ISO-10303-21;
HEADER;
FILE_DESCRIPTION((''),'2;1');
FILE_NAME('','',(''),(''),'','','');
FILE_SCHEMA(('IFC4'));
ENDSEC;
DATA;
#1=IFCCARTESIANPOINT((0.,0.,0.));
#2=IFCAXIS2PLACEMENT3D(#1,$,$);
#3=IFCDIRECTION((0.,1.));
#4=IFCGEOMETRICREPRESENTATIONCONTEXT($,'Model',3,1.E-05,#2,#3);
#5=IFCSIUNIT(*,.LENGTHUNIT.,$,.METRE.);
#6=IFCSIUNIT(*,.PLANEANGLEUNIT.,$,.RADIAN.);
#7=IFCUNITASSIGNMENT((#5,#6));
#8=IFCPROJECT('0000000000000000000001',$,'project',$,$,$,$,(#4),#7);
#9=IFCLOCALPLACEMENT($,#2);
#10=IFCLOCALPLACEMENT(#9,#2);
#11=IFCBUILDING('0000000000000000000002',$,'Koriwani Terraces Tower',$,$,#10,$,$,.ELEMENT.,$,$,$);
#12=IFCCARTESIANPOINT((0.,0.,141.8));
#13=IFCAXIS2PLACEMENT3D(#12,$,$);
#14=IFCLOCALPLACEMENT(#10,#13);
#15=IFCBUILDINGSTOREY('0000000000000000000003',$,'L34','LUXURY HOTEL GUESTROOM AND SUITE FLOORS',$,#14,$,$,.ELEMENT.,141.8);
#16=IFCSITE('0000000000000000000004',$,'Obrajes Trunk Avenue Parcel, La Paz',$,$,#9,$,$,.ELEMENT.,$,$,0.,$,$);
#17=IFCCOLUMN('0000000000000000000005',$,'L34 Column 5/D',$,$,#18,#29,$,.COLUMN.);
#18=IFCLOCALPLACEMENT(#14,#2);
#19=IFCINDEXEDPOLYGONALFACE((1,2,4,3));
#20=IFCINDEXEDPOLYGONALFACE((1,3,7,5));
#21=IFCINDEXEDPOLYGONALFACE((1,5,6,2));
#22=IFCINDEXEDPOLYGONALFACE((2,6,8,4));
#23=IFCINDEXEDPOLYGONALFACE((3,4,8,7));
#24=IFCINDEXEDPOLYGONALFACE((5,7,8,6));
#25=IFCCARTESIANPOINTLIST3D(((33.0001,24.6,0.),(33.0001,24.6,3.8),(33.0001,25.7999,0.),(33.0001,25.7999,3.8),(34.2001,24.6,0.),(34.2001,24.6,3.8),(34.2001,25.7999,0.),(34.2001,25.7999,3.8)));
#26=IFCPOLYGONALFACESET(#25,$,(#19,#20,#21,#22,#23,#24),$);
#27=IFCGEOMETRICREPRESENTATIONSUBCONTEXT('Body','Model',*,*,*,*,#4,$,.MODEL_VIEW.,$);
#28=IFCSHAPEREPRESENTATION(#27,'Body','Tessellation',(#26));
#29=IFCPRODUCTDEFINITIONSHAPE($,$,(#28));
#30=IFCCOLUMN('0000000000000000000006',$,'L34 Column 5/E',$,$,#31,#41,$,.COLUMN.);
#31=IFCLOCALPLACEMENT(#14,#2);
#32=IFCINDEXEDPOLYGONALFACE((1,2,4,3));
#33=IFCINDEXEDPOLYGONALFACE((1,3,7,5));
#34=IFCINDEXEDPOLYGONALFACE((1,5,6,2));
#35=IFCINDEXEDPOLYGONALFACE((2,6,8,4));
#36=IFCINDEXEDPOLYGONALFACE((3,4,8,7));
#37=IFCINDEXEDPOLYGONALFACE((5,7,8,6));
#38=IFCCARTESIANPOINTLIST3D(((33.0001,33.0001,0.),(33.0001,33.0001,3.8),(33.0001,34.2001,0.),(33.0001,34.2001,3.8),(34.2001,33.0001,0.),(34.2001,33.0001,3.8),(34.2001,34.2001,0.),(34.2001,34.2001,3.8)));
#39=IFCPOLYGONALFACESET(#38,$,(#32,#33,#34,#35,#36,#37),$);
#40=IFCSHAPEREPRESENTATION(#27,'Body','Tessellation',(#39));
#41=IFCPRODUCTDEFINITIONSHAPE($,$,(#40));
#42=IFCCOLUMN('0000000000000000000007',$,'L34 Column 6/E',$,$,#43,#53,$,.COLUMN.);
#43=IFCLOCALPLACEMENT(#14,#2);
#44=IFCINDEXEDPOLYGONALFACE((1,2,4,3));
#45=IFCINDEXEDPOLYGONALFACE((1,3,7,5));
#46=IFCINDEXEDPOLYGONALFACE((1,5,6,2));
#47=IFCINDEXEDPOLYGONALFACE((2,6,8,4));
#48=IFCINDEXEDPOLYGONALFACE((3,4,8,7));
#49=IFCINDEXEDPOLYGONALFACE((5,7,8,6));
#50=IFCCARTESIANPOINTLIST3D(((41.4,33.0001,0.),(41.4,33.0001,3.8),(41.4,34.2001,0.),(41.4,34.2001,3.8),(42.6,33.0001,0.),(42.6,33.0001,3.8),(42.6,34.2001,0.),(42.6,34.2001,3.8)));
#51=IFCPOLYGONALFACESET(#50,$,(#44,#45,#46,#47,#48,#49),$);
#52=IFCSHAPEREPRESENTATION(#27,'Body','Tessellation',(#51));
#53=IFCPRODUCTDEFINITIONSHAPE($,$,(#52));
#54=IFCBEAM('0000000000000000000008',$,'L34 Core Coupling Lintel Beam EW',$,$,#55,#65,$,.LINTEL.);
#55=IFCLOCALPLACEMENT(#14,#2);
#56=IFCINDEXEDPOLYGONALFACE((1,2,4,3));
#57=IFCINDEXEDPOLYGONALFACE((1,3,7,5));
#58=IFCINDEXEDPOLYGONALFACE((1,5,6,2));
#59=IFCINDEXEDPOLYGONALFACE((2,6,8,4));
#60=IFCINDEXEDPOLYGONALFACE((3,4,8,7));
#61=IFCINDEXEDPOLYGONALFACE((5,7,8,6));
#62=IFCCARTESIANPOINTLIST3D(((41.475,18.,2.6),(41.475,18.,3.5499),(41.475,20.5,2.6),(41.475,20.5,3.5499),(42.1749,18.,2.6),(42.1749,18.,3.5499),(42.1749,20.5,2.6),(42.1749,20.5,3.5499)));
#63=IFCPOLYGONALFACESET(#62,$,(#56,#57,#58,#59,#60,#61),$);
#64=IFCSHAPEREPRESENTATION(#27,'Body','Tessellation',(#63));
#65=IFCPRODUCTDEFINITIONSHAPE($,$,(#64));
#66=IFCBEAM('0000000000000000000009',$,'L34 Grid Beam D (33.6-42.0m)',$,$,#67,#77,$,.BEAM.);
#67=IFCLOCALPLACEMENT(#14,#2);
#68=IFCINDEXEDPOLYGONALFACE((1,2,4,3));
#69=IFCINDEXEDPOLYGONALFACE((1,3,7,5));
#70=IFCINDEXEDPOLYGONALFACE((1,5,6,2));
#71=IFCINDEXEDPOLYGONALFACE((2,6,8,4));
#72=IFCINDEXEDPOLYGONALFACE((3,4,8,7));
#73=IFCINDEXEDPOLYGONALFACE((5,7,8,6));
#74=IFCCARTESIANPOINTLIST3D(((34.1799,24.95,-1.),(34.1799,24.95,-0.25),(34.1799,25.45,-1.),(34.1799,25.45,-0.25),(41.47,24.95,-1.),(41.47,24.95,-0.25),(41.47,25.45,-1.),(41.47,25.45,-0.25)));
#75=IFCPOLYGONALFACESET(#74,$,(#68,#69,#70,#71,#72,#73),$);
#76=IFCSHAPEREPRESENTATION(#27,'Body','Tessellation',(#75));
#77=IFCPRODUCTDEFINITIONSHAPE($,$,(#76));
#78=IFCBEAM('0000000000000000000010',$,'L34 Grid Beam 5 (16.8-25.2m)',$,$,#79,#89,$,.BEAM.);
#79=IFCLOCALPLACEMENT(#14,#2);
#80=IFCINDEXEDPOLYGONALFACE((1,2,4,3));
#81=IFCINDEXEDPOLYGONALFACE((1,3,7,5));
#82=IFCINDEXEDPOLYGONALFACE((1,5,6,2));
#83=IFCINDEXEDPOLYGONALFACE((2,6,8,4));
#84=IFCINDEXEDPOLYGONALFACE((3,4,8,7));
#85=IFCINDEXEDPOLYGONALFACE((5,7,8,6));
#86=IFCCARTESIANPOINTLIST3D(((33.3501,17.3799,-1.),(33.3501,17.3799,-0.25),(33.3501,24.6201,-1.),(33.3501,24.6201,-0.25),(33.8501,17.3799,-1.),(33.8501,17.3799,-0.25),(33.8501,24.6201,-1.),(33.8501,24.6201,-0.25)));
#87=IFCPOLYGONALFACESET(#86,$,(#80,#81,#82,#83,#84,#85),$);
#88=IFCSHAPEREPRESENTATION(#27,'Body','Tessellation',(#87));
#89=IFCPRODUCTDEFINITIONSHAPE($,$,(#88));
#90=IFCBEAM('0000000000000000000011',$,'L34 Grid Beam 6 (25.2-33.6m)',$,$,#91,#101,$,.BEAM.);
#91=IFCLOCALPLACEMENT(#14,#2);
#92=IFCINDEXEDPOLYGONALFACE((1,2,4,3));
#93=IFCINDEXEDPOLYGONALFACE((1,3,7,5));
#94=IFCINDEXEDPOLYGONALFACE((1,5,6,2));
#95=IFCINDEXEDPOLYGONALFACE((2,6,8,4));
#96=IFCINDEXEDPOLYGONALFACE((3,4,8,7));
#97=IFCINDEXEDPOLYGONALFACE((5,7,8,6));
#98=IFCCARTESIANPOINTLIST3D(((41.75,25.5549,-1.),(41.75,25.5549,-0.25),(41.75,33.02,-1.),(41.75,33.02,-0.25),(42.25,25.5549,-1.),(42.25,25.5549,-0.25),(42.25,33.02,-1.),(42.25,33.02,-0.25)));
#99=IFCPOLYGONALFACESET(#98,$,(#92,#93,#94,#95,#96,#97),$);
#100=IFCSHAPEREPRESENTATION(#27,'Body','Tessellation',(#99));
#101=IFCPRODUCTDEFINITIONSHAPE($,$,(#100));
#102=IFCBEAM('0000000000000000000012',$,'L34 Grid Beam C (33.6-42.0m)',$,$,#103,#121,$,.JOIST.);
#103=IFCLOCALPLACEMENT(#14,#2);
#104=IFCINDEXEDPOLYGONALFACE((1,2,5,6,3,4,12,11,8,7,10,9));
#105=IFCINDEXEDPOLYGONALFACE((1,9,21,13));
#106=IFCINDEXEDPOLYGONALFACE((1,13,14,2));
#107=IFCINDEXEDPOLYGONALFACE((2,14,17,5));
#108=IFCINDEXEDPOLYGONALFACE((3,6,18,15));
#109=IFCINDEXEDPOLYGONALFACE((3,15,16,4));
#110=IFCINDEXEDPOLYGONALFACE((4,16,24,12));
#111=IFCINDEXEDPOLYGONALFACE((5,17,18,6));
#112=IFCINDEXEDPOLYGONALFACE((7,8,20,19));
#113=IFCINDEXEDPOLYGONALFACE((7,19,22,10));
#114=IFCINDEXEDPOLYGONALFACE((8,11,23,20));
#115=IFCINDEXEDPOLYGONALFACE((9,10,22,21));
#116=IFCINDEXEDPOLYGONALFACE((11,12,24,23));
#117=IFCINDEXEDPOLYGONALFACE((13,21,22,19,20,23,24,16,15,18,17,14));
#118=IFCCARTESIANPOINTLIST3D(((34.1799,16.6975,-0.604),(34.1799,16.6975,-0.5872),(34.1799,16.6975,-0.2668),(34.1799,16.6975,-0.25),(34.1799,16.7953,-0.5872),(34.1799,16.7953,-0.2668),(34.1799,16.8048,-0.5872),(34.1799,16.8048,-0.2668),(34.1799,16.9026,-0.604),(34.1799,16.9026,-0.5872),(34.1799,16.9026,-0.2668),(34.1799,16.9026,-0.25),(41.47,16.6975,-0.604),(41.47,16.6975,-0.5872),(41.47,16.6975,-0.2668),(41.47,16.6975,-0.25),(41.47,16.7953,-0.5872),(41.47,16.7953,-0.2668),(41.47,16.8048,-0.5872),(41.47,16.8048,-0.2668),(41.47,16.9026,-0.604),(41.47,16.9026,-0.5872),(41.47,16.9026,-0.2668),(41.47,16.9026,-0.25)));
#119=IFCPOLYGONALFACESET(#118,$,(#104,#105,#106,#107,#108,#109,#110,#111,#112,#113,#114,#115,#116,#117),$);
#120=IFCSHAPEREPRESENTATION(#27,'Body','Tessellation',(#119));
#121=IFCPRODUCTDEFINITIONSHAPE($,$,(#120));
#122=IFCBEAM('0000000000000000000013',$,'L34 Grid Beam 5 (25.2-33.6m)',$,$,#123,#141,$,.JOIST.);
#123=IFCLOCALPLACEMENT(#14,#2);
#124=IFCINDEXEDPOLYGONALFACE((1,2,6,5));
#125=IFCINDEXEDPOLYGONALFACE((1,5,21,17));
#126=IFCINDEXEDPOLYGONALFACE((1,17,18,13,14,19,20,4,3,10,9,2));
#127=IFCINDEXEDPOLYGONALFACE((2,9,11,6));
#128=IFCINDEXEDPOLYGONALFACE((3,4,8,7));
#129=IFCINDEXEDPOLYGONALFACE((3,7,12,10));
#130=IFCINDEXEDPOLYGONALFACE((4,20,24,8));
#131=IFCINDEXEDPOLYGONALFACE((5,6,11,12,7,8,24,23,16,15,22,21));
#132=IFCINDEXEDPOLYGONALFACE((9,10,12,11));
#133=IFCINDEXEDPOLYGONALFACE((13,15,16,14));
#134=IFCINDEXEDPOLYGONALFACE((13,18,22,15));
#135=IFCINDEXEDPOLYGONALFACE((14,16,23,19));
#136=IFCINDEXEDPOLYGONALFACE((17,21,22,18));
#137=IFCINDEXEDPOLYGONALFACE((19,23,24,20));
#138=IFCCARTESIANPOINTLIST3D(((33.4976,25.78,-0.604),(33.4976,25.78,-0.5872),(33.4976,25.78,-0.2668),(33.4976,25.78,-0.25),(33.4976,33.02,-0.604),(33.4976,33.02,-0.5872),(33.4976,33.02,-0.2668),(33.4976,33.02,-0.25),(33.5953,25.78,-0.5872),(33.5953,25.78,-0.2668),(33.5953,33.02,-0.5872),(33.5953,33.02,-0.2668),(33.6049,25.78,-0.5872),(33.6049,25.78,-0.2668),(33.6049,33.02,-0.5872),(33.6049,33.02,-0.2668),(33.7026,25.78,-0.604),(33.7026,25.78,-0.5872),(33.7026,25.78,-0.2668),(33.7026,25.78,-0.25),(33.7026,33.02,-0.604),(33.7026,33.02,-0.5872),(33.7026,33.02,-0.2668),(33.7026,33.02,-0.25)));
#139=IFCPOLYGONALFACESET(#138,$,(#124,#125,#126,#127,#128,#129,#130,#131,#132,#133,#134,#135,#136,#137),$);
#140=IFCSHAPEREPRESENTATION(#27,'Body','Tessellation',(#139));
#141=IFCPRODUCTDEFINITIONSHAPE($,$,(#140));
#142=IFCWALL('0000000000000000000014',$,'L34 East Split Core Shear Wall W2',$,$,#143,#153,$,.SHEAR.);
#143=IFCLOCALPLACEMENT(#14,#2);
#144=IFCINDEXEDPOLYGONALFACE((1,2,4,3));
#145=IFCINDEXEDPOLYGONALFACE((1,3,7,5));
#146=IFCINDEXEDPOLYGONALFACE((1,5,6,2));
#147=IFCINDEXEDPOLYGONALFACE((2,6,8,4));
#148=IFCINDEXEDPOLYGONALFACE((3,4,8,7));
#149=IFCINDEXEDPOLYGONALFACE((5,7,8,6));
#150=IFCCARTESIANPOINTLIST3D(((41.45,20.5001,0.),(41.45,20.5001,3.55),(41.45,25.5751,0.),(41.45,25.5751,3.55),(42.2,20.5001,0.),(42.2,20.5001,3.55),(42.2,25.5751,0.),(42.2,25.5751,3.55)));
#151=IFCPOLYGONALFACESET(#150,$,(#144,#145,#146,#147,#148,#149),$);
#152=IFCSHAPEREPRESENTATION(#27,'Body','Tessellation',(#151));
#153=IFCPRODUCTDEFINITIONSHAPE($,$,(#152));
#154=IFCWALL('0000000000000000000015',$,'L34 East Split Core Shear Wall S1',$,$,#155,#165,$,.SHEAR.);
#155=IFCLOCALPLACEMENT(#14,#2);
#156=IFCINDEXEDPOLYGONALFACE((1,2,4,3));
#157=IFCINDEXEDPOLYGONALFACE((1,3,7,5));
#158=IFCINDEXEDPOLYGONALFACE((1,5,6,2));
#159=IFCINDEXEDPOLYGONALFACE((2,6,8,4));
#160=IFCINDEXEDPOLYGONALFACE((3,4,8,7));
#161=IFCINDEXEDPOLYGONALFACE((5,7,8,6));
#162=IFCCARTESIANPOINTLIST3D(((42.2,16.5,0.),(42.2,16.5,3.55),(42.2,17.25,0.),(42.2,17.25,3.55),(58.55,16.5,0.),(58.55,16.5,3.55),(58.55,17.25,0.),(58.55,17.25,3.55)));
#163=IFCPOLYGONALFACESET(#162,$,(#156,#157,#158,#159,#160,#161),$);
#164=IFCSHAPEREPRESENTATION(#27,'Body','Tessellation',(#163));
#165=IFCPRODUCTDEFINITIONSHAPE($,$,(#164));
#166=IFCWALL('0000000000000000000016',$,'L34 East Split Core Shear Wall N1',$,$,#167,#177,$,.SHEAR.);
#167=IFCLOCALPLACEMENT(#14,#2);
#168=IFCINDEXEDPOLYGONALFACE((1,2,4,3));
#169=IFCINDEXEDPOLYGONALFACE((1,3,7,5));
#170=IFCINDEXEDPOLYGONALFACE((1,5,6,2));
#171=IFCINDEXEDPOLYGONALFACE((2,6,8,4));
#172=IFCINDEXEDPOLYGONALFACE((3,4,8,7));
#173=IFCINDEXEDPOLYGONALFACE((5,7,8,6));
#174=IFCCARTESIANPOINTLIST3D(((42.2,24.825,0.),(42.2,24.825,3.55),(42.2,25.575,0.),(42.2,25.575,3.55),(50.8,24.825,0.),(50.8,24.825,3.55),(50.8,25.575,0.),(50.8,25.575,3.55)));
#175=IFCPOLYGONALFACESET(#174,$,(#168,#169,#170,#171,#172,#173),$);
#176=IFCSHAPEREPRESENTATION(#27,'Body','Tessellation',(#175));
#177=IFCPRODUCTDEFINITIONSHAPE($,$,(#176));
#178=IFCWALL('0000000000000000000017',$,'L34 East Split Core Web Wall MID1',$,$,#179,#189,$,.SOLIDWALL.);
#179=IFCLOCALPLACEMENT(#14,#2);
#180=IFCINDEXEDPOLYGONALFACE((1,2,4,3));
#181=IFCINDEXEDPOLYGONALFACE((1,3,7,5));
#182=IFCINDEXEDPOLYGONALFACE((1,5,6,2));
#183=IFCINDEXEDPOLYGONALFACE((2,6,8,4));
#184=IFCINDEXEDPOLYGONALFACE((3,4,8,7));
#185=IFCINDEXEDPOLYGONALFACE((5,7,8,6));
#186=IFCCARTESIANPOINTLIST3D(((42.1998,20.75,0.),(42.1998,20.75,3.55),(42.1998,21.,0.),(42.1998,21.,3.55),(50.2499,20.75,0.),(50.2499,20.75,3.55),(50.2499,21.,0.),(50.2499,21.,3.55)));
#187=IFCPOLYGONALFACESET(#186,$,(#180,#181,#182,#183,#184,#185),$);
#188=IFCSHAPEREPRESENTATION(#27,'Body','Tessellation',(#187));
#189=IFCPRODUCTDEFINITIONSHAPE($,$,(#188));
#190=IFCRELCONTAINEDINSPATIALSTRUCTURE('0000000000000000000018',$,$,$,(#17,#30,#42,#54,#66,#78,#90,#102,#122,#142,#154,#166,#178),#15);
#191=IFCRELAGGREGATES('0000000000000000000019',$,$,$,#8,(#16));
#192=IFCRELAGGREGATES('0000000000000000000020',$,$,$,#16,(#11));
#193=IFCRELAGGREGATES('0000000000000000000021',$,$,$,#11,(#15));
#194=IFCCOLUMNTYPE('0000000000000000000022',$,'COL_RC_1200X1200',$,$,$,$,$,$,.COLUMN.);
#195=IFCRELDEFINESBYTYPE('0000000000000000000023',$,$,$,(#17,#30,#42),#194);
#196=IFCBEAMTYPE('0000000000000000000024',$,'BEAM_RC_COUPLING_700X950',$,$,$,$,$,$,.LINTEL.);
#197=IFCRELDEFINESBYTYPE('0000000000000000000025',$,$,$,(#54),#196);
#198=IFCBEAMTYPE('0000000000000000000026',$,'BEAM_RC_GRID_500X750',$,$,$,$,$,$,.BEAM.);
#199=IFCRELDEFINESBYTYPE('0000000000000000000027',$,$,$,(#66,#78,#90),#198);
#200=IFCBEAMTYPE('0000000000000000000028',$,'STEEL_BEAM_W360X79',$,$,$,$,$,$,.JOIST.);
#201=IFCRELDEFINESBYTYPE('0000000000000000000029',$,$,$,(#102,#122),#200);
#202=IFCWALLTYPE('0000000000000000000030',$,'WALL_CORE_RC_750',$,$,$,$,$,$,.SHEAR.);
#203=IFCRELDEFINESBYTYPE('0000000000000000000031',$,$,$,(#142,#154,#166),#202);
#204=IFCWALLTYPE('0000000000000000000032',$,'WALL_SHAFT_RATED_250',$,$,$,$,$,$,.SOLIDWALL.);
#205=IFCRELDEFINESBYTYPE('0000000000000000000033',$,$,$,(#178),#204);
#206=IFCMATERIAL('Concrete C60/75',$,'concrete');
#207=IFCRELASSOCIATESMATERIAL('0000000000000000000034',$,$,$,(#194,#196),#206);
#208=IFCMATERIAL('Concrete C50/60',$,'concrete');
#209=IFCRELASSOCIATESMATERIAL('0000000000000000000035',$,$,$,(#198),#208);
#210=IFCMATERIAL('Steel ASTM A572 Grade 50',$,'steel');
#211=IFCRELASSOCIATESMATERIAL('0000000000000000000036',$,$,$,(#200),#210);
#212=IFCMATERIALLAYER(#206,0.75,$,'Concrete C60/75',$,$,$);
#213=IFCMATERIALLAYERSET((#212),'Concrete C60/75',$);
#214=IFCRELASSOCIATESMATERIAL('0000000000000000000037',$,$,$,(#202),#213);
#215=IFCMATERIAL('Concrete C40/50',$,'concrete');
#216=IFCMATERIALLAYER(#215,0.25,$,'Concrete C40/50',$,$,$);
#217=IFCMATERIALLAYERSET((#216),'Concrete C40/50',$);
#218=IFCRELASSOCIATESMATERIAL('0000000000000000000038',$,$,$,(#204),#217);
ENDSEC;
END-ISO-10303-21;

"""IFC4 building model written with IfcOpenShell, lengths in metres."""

from ifc_helpers import new_model, si_unit, direction, frame, frame_2d, origin, origin_2d, place, context, subcontext, project, spatial, rectangle, i_section, extrude, material, layer, layer_set, material_profile, profile_set, type_object, element, save


model = new_model("IFC4")

# Units and contexts
model_context = context("Model", 3, precision=1e-05, world=origin(), true_north=direction((0.0, 1.0)))
body_context = subcontext(model_context, "Body", "Model", "MODEL_VIEW")
ifc_project = project(units=[si_unit("LENGTHUNIT", "METRE"), si_unit("PLANEANGLEUNIT", "RADIAN")], contexts=[model_context])

# Site, building, storey
site_placement = place(None, origin())
site = spatial("IfcSite", under=ifc_project, at=site_placement, Name="Obrajes Trunk Avenue Parcel, La Paz", CompositionType="ELEMENT", RefElevation=0.0)
building_placement = place(site_placement, origin())
building = spatial("IfcBuilding", under=site, at=building_placement, Name="Koriwani Terraces Tower", CompositionType="ELEMENT")
storey_placement = place(building_placement, frame((0.0, 0.0, 141.8)))
storey = spatial("IfcBuildingStorey", under=building, at=storey_placement, Name="L34", Description="LUXURY HOTEL GUESTROOM AND SUITE FLOORS", CompositionType="ELEMENT", Elevation=141.8)

# Columns
ifc_material_1 = material(Name="Concrete C60/75", Category="concrete")
ifc_material_profile_1 = material_profile(ifc_material_1, rectangle(XDim=1.2, YDim=1.2, at=origin_2d()), Name="Concrete C60/75", Category="LoadBearing")
ifc_profile_set_1 = profile_set([ifc_material_profile_1], Name="Concrete C60/75")
column_type = type_object("IfcColumnType", Name="COL_RC_1200X1200", PredefinedType="COLUMN", material=ifc_profile_set_1)
for number, where, z_axis, x_axis, name in (
    (1, (33.6001, 25.2, 0.0), (0.0, 0.0, 1.0), (1.0, 0.0, 0.0), "L34 Column 5/D"),
    (2, (33.6001, 33.6001, 0.0), (0.0, 0.0, 1.0), (1.0, 0.0, 0.0), "L34 Column 5/E"),
    (3, (42.0, 33.6001, 0.0), (0.0, 0.0, 1.0), (1.0, 0.0, 0.0), "L34 Column 6/E"),
):
    element("IfcColumn", number, at=place(storey_placement, frame(where, z_axis=z_axis, x_axis=x_axis)), inside=storey, type_object=column_type, Name=name, PredefinedType="COLUMN", context=body_context, shape_type="SweptSolid", body=[
        extrude(rectangle(XDim=1.2, YDim=1.2, at=origin_2d()), origin(), (0.0, 0.0, 1.0), 3.8),
    ])

# Beams
ifc_material_profile_2 = material_profile(ifc_material_1, rectangle(XDim=0.7, YDim=0.95, at=origin_2d()), Name="Concrete C60/75", Category="LoadBearing")
ifc_profile_set_2 = profile_set([ifc_material_profile_2], Name="Concrete C60/75")
beam_type_1 = type_object("IfcBeamType", Name="BEAM_RC_COUPLING_700X950", PredefinedType="LINTEL", material=ifc_profile_set_2)
beam_1_placement = place(storey_placement, frame((41.825, 18.0, 3.075), z_axis=(0.0, 1.0, 0.0), x_axis=(-1.0, 0.0, 0.0)))
element("IfcBeam", 4, at=beam_1_placement, inside=storey, type_object=beam_type_1, Name="L34 Core Coupling Lintel Beam EW", PredefinedType="LINTEL", context=body_context, shape_type="SweptSolid", body=[
    extrude(rectangle(XDim=0.7, YDim=0.95, at=origin_2d()), origin(), (0.0, 0.0, 1.0), 2.5),
])
ifc_material_2 = material(Name="Concrete C50/60", Category="concrete")
ifc_material_profile_3 = material_profile(ifc_material_2, rectangle(XDim=0.5, YDim=0.75, at=origin_2d()), Name="Concrete C50/60", Category="LoadBearing")
ifc_profile_set_3 = profile_set([ifc_material_profile_3], Name="Concrete C50/60")
beam_type_2 = type_object("IfcBeamType", Name="BEAM_RC_GRID_500X750", PredefinedType="BEAM", material=ifc_profile_set_3)
beam_2_placement = place(storey_placement, frame((34.1799, 25.2, -0.625), z_axis=(1.0, 0.0, 0.0), x_axis=(0.0, 1.0, 0.0)))
element("IfcBeam", 5, at=beam_2_placement, inside=storey, type_object=beam_type_2, Name="L34 Grid Beam D (33.6-42.0m)", PredefinedType="BEAM", context=body_context, shape_type="SweptSolid", body=[
    extrude(rectangle(XDim=0.5, YDim=0.75, at=origin_2d()), origin(), (0.0, 0.0, 1.0), 7.29),
])
beam_3_placement = place(storey_placement, frame((33.6001, 17.3799, -0.625), z_axis=(0.0, 1.0, 0.0), x_axis=(-1.0, 0.0, 0.0)))
element("IfcBeam", 6, at=beam_3_placement, inside=storey, type_object=beam_type_2, Name="L34 Grid Beam 5 (16.8-25.2m)", PredefinedType="BEAM", context=body_context, shape_type="SweptSolid", body=[
    extrude(rectangle(XDim=0.5, YDim=0.75, at=origin_2d()), origin(), (0.0, 0.0, 1.0), 7.2402),
])
beam_4_placement = place(storey_placement, frame((42.0, 25.5549, -0.625), z_axis=(0.0, 1.0, 0.0), x_axis=(-1.0, 0.0, 0.0)))
element("IfcBeam", 7, at=beam_4_placement, inside=storey, type_object=beam_type_2, Name="L34 Grid Beam 6 (25.2-33.6m)", PredefinedType="BEAM", context=body_context, shape_type="SweptSolid", body=[
    extrude(rectangle(XDim=0.5, YDim=0.75, at=origin_2d()), origin(), (0.0, 0.0, 1.0), 7.4651),
])
ifc_material_3 = material(Name="Steel ASTM A572 Grade 50", Category="steel")
ifc_material_profile_4 = material_profile(ifc_material_3, i_section(OverallWidth=0.2051, OverallDepth=0.354, WebThickness=0.0095, FlangeThickness=0.0168, at=origin_2d()), Name="Steel ASTM A572 Grade 50", Category="LoadBearing")
ifc_profile_set_4 = profile_set([ifc_material_profile_4], Name="Steel ASTM A572 Grade 50")
beam_type_3 = type_object("IfcBeamType", Name="STEEL_BEAM_W360X79", PredefinedType="JOIST", material=ifc_profile_set_4)
beam_5_placement = place(storey_placement, frame((34.1799, 16.8, -0.427), z_axis=(1.0, 0.0, 0.0), x_axis=(0.0, 1.0, 0.0)))
element("IfcBeam", 8, at=beam_5_placement, inside=storey, type_object=beam_type_3, Name="L34 Grid Beam C (33.6-42.0m)", PredefinedType="JOIST", context=body_context, shape_type="SweptSolid", body=[
    extrude(i_section(OverallWidth=0.2051, OverallDepth=0.354, WebThickness=0.0095, FlangeThickness=0.0168, at=origin_2d()), origin(), (0.0, 0.0, 1.0), 7.29),
])
beam_6_placement = place(storey_placement, frame((33.6001, 25.78, -0.427), z_axis=(0.0, 1.0, 0.0), x_axis=(-1.0, 0.0, 0.0)))
element("IfcBeam", 9, at=beam_6_placement, inside=storey, type_object=beam_type_3, Name="L34 Grid Beam 5 (25.2-33.6m)", PredefinedType="JOIST", context=body_context, shape_type="SweptSolid", body=[
    extrude(i_section(OverallWidth=0.2051, OverallDepth=0.354, WebThickness=0.0095, FlangeThickness=0.0168, at=origin_2d()), origin(), (0.0, 0.0, 1.0), 7.24),
])

# Walls
ifc_layer_1 = layer(ifc_material_1, 0.75, Name="Concrete C60/75")
ifc_layer_set_1 = layer_set([ifc_layer_1], Name="Concrete C60/75")
wall_type_1 = type_object("IfcWallType", Name="WALL_CORE_RC_750", PredefinedType="SHEAR", material=ifc_layer_set_1)
wall_1_placement = place(storey_placement, frame((41.825, 20.5, 0.0), z_axis=(0.0, 0.0, 1.0), x_axis=(0.0, 1.0, 0.0)))
element("IfcWall", 10, at=wall_1_placement, inside=storey, type_object=wall_type_1, Name="L34 East Split Core Shear Wall W2", PredefinedType="SHEAR", context=body_context, shape_type="SweptSolid", body=[
    extrude(rectangle(XDim=5.075, YDim=0.75, at=frame_2d((2.5376, 0.0))), origin(), (0.0, 0.0, 1.0), 3.55),
])
wall_2_placement = place(storey_placement, frame((42.2, 16.875, 0.0), z_axis=(0.0, 0.0, 1.0), x_axis=(1.0, 0.0, 0.0)))
element("IfcWall", 11, at=wall_2_placement, inside=storey, type_object=wall_type_1, Name="L34 East Split Core Shear Wall S1", PredefinedType="SHEAR", context=body_context, shape_type="SweptSolid", body=[
    extrude(rectangle(XDim=16.3501, YDim=0.75, at=frame_2d((8.175, 0.0))), origin(), (0.0, 0.0, 1.0), 3.55),
])
wall_3_placement = place(storey_placement, frame((42.2, 25.2, 0.0), z_axis=(0.0, 0.0, 1.0), x_axis=(1.0, 0.0, 0.0)))
element("IfcWall", 12, at=wall_3_placement, inside=storey, type_object=wall_type_1, Name="L34 East Split Core Shear Wall N1", PredefinedType="SHEAR", context=body_context, shape_type="SweptSolid", body=[
    extrude(rectangle(XDim=8.6001, YDim=0.75, at=frame_2d((4.3, 0.0))), origin(), (0.0, 0.0, 1.0), 3.55),
])
ifc_material_4 = material(Name="Concrete C40/50", Category="concrete")
ifc_layer_2 = layer(ifc_material_4, 0.25, Name="Concrete C40/50")
ifc_layer_set_2 = layer_set([ifc_layer_2], Name="Concrete C40/50")
wall_type_2 = type_object("IfcWallType", Name="WALL_SHAFT_RATED_250", PredefinedType="SOLIDWALL", material=ifc_layer_set_2)
wall_4_placement = place(storey_placement, frame((42.2, 20.875, 0.0), z_axis=(0.0, 0.0, 1.0), x_axis=(1.0, 0.0, 0.0)))
element("IfcWall", 13, at=wall_4_placement, inside=storey, type_object=wall_type_2, Name="L34 East Split Core Web Wall MID1", PredefinedType="SOLIDWALL", context=body_context, shape_type="SweptSolid", body=[
    extrude(rectangle(XDim=8.05, YDim=0.25, at=frame_2d((4.0249, 0.0))), origin(), (0.0, 0.0, 1.0), 3.55),
])

save(model, "model.ifc")
